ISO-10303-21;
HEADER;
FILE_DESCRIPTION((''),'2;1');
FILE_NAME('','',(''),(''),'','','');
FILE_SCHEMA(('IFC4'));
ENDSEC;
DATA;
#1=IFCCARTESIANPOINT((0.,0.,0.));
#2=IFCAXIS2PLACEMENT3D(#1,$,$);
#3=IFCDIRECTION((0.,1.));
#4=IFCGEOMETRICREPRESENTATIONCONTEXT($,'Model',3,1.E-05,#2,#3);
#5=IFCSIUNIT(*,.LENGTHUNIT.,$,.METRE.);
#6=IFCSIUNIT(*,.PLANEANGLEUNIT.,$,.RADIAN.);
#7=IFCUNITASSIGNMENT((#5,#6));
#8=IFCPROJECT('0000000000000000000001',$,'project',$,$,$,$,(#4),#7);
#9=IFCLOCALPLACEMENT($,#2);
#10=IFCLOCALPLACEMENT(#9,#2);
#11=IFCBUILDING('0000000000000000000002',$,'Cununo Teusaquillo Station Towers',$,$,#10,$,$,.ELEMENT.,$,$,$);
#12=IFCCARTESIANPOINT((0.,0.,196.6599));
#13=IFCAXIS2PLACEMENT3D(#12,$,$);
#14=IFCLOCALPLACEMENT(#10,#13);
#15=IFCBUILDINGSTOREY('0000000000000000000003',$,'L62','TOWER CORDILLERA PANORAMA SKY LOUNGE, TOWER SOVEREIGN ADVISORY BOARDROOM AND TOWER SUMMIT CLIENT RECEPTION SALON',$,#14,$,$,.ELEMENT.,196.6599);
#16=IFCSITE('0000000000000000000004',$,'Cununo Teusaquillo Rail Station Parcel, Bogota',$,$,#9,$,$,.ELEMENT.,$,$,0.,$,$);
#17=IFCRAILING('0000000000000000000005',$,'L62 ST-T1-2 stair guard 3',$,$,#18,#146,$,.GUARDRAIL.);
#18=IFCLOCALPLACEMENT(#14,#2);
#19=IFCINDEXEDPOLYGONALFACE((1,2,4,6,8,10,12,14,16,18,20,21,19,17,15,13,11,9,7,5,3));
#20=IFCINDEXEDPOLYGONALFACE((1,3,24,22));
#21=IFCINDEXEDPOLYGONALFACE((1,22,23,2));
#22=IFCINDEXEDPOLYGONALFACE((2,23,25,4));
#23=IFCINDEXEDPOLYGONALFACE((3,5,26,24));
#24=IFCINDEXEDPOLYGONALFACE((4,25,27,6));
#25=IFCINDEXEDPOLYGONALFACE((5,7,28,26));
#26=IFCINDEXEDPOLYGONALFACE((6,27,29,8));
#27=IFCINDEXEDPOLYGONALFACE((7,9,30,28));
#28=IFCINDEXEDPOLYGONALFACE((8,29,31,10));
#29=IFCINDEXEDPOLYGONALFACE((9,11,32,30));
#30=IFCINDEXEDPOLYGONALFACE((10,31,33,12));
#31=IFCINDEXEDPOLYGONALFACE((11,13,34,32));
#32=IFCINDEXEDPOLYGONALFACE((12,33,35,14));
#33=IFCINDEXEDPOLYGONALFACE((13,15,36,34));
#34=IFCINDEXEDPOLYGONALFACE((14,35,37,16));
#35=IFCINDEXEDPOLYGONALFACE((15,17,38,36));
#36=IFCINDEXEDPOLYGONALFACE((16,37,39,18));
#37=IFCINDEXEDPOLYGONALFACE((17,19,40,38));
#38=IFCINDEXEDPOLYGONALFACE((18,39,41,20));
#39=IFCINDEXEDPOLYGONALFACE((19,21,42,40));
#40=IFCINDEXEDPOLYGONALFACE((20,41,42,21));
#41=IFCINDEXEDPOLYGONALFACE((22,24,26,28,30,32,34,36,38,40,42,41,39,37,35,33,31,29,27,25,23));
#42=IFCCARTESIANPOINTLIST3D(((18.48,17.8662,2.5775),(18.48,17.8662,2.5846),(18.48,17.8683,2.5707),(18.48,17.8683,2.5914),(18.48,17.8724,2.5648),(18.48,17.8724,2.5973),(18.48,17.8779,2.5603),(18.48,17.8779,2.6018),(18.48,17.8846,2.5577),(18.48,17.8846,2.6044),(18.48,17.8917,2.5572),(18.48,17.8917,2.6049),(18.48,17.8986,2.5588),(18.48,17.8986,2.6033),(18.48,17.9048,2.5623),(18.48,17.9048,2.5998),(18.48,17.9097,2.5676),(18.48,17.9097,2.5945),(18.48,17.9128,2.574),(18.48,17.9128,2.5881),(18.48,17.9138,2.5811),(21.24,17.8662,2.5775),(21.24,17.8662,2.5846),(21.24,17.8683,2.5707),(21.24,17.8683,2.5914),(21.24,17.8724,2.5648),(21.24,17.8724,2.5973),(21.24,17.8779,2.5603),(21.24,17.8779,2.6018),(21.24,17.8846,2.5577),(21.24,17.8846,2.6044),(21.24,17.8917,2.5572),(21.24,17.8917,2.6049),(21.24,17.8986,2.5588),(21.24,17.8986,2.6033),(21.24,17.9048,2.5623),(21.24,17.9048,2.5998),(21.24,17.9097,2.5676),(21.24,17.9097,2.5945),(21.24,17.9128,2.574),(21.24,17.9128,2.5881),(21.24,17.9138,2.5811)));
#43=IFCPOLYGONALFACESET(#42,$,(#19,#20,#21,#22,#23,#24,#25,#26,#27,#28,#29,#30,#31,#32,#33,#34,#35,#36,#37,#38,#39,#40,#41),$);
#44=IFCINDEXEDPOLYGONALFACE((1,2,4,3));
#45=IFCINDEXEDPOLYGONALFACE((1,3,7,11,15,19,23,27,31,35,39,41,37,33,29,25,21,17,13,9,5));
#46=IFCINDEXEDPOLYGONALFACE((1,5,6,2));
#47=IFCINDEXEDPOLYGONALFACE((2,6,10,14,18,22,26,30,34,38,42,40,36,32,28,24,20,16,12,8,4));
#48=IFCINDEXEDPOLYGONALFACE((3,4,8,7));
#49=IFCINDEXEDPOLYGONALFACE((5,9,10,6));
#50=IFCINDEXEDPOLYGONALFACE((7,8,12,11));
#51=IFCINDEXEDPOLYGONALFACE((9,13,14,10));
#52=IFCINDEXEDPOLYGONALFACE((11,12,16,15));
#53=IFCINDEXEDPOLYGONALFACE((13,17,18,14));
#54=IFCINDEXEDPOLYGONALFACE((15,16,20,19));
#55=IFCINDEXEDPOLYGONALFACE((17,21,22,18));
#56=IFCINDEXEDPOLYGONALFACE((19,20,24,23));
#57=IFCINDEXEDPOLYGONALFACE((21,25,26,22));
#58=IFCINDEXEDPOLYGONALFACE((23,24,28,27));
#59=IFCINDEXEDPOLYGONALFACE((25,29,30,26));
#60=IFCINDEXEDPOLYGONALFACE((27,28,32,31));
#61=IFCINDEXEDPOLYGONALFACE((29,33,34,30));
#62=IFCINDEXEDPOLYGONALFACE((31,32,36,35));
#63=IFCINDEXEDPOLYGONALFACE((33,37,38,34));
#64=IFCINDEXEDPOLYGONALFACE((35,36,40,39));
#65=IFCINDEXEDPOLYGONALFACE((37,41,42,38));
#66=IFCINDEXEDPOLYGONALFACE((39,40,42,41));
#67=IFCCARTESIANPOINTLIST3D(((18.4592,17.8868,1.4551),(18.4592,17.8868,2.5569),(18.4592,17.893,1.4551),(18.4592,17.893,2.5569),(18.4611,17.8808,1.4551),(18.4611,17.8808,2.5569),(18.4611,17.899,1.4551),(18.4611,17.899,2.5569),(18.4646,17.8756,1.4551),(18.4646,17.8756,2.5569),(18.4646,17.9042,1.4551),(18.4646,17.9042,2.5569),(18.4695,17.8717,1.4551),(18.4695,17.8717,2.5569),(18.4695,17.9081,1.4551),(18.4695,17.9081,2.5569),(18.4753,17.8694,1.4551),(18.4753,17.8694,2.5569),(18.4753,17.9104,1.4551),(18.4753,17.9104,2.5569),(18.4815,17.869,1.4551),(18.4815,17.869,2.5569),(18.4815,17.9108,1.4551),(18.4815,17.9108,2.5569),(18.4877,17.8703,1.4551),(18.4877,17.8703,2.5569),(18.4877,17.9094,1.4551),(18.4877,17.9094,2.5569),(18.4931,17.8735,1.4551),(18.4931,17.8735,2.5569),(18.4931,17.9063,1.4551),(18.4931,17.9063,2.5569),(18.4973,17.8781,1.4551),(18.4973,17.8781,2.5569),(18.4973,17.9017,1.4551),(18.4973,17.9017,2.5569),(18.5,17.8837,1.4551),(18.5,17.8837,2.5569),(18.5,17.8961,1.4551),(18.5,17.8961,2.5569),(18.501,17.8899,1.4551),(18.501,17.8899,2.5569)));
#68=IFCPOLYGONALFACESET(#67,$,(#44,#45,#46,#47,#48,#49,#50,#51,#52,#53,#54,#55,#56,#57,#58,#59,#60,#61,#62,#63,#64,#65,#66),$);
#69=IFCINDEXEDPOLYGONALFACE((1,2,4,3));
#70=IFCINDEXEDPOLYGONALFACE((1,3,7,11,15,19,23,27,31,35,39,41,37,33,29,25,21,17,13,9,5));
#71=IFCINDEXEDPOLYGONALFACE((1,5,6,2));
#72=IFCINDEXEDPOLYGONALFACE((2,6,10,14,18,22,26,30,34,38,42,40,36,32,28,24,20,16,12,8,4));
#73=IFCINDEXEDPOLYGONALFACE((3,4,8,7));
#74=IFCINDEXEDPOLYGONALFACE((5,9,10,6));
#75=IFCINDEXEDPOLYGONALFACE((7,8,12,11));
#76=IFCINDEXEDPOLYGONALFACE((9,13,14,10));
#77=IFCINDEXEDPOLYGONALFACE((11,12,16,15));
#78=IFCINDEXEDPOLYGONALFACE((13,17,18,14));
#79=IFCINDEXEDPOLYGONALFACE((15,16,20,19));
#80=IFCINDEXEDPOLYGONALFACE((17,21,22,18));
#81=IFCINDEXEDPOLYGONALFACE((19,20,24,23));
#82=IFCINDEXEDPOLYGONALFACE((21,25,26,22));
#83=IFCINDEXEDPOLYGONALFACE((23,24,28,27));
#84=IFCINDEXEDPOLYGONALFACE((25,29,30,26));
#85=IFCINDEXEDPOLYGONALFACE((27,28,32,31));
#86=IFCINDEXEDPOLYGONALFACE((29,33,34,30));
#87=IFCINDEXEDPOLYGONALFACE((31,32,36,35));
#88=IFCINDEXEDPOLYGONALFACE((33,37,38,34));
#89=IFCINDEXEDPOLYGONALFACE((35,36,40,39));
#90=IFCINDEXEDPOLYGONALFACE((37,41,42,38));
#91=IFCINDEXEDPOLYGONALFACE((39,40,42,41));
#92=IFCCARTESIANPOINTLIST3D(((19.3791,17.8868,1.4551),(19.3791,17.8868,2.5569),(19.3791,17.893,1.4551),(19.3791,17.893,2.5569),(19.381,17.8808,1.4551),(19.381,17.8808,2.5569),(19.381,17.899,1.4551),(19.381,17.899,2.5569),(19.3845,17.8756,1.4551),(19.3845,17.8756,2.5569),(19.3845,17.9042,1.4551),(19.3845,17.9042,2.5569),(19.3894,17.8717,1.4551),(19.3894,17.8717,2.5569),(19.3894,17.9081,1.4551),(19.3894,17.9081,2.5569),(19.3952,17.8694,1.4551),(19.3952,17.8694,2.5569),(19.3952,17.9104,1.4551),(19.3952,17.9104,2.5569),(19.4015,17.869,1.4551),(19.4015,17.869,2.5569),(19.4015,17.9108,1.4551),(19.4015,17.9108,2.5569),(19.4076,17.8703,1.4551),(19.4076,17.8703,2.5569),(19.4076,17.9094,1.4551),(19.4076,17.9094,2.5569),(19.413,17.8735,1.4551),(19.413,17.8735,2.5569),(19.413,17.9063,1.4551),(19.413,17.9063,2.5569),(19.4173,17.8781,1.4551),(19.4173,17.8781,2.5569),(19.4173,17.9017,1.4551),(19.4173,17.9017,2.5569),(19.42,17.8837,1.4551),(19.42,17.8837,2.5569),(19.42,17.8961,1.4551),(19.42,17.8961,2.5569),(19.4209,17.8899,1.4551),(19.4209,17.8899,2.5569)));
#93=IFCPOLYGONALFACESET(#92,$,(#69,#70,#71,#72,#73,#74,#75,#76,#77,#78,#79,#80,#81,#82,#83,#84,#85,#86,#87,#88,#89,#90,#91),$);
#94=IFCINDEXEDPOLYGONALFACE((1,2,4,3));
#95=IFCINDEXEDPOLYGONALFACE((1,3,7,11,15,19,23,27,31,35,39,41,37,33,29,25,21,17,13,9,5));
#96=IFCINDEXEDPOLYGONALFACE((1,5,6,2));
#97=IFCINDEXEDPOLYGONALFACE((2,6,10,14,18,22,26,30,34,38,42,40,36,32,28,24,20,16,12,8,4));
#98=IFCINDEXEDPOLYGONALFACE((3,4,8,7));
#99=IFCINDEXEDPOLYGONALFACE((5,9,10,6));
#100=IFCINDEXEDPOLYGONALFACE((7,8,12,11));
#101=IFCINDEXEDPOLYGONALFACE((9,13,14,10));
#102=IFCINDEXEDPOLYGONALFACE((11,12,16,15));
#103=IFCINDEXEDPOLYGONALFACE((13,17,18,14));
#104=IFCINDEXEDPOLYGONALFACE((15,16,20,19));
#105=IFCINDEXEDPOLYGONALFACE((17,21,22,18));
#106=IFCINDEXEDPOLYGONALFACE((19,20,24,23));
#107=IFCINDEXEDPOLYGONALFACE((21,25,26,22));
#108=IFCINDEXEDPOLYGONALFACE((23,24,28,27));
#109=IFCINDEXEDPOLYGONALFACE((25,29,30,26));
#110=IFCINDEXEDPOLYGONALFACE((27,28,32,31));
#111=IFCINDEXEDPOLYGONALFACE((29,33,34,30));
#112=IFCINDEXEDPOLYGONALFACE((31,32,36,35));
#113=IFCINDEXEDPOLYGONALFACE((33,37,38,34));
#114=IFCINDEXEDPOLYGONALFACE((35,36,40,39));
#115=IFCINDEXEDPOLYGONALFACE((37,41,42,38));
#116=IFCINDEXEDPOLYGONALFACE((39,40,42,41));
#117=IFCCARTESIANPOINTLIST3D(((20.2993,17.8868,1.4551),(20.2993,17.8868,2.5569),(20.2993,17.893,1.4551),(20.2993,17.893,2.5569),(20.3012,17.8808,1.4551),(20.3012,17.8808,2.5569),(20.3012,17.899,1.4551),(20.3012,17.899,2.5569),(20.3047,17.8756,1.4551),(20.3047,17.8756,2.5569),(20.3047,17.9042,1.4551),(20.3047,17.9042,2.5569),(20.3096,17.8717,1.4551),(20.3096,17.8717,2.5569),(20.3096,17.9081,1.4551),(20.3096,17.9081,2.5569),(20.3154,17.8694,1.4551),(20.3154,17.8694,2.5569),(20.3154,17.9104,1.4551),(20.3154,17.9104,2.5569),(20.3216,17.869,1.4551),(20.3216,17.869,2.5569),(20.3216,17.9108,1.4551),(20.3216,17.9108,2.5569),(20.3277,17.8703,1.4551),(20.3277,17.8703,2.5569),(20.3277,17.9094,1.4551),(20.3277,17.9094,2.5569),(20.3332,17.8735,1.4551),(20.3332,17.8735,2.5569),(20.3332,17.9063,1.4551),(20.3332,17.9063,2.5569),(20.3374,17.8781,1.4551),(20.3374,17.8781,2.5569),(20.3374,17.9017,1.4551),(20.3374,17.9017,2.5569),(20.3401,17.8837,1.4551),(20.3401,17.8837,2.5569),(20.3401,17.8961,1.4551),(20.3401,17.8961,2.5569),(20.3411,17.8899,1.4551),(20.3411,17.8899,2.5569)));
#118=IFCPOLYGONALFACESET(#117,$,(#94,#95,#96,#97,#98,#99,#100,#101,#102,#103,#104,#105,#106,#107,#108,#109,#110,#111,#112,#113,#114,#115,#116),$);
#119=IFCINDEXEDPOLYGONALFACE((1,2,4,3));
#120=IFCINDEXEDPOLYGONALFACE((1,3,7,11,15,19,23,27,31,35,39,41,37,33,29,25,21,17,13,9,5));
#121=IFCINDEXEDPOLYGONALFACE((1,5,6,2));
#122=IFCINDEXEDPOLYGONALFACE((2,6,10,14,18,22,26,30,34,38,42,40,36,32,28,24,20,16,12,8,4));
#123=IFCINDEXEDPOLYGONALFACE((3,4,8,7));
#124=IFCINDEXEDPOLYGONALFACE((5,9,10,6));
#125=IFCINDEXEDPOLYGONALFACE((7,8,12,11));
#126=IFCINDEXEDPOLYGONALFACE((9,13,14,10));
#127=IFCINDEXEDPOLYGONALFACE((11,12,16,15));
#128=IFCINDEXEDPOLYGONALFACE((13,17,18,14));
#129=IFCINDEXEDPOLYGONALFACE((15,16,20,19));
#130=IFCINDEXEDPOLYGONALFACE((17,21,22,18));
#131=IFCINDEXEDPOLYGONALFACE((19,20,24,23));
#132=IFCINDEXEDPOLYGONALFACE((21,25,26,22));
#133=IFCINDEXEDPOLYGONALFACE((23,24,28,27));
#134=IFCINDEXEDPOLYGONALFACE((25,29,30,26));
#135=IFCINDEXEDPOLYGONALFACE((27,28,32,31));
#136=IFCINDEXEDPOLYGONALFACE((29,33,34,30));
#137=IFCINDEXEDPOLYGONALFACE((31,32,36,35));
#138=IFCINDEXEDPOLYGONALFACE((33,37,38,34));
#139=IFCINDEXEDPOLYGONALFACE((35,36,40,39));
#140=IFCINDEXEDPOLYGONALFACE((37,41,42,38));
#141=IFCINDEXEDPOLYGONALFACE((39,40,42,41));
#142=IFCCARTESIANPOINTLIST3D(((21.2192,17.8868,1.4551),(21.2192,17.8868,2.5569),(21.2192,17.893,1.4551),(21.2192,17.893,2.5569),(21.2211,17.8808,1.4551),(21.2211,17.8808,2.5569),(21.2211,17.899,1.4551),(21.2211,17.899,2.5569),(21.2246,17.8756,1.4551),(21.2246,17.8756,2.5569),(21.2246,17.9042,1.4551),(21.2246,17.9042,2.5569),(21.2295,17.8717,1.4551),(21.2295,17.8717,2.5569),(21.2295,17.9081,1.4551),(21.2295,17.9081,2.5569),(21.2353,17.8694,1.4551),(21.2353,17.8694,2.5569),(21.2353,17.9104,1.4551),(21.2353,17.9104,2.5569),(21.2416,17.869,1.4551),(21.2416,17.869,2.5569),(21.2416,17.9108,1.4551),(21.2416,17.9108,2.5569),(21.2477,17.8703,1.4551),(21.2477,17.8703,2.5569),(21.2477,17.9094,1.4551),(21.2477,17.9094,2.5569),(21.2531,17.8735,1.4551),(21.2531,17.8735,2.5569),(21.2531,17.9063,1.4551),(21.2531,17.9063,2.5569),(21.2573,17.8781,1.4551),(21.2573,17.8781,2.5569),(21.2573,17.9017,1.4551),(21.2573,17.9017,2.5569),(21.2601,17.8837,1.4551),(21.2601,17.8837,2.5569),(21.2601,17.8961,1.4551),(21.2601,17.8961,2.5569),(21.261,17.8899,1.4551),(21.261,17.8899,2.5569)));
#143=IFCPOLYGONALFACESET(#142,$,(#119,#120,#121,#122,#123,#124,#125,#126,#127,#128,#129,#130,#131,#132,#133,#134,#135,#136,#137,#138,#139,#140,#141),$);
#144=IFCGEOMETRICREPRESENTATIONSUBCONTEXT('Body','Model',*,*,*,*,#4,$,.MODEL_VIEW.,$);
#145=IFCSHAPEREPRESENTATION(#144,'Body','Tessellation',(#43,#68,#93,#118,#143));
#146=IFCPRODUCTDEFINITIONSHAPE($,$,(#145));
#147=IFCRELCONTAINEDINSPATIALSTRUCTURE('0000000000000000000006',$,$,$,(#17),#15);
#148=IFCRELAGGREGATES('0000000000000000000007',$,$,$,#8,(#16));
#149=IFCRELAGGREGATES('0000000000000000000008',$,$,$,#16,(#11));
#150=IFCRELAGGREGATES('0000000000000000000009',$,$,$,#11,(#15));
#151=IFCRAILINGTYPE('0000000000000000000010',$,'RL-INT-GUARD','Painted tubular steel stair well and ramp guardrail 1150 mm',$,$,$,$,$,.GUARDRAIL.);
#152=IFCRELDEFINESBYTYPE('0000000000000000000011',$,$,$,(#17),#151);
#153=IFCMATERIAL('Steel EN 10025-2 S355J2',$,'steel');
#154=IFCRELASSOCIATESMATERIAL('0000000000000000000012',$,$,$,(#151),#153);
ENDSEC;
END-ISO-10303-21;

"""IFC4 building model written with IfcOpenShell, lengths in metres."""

from ifc_helpers import new_model, si_unit, direction, frame, origin, origin_2d, place, context, subcontext, project, spatial, circle, extrude, material, type_object, element, save


model = new_model("IFC4")

# Units and contexts
model_context = context("Model", 3, precision=1e-05, world=origin(), true_north=direction((0.0, 1.0)))
body_context = subcontext(model_context, "Body", "Model", "MODEL_VIEW")
ifc_project = project(units=[si_unit("LENGTHUNIT", "METRE"), si_unit("PLANEANGLEUNIT", "RADIAN")], contexts=[model_context])

# Site, building, storey
site_placement = place(None, origin())
site = spatial("IfcSite", under=ifc_project, at=site_placement, Name="Cununo Teusaquillo Rail Station Parcel, Bogota", CompositionType="ELEMENT", RefElevation=0.0)
building_placement = place(site_placement, origin())
building = spatial("IfcBuilding", under=site, at=building_placement, Name="Cununo Teusaquillo Station Towers", CompositionType="ELEMENT")
storey_placement = place(building_placement, frame((0.0, 0.0, 196.6599)))
storey = spatial("IfcBuildingStorey", under=building, at=storey_placement, Name="L62", Description="TOWER CORDILLERA PANORAMA SKY LOUNGE, TOWER SOVEREIGN ADVISORY BOARDROOM AND TOWER SUMMIT CLIENT RECEPTION SALON", CompositionType="ELEMENT", Elevation=196.6599)

# Railing
ifc_material_1 = material(Name="Steel EN 10025-2 S355J2", Category="steel")
railing_type_1 = type_object("IfcRailingType", Name="RL-INT-GUARD", Description="Painted tubular steel stair well and ramp guardrail 1150 mm", PredefinedType="GUARDRAIL", material=ifc_material_1)
railing_1_placement = place(storey_placement, frame((18.48, 17.8899, 1.4551)))
element("IfcRailing", 1, at=railing_1_placement, inside=storey, type_object=railing_type_1, Name="L62 ST-T1-2 stair guard 3", PredefinedType="GUARDRAIL", context=body_context, shape_type="SweptSolid", body=[
    extrude(circle(Radius=0.0239, at=origin_2d()), frame((0.0, 0.0, 1.126), z_axis=(1.0, 0.0, 0.0), x_axis=(0.0, 1.0, 0.0)), (0.0, 0.0, 1.0), 2.76),
    extrude(circle(Radius=0.021, at=origin_2d()), origin(), (0.0, 0.0, 1.0), 1.1018),
    extrude(circle(Radius=0.021, at=origin_2d()), frame((0.9199, 0.0, 0.0)), (0.0, 0.0, 1.0), 1.1018),
    extrude(circle(Radius=0.021, at=origin_2d()), frame((1.8401, 0.0, 0.0)), (0.0, 0.0, 1.0), 1.1018),
    extrude(circle(Radius=0.021, at=origin_2d()), frame((2.76, 0.0, 0.0)), (0.0, 0.0, 1.0), 1.1018),
])

save(model, "model.ifc")
